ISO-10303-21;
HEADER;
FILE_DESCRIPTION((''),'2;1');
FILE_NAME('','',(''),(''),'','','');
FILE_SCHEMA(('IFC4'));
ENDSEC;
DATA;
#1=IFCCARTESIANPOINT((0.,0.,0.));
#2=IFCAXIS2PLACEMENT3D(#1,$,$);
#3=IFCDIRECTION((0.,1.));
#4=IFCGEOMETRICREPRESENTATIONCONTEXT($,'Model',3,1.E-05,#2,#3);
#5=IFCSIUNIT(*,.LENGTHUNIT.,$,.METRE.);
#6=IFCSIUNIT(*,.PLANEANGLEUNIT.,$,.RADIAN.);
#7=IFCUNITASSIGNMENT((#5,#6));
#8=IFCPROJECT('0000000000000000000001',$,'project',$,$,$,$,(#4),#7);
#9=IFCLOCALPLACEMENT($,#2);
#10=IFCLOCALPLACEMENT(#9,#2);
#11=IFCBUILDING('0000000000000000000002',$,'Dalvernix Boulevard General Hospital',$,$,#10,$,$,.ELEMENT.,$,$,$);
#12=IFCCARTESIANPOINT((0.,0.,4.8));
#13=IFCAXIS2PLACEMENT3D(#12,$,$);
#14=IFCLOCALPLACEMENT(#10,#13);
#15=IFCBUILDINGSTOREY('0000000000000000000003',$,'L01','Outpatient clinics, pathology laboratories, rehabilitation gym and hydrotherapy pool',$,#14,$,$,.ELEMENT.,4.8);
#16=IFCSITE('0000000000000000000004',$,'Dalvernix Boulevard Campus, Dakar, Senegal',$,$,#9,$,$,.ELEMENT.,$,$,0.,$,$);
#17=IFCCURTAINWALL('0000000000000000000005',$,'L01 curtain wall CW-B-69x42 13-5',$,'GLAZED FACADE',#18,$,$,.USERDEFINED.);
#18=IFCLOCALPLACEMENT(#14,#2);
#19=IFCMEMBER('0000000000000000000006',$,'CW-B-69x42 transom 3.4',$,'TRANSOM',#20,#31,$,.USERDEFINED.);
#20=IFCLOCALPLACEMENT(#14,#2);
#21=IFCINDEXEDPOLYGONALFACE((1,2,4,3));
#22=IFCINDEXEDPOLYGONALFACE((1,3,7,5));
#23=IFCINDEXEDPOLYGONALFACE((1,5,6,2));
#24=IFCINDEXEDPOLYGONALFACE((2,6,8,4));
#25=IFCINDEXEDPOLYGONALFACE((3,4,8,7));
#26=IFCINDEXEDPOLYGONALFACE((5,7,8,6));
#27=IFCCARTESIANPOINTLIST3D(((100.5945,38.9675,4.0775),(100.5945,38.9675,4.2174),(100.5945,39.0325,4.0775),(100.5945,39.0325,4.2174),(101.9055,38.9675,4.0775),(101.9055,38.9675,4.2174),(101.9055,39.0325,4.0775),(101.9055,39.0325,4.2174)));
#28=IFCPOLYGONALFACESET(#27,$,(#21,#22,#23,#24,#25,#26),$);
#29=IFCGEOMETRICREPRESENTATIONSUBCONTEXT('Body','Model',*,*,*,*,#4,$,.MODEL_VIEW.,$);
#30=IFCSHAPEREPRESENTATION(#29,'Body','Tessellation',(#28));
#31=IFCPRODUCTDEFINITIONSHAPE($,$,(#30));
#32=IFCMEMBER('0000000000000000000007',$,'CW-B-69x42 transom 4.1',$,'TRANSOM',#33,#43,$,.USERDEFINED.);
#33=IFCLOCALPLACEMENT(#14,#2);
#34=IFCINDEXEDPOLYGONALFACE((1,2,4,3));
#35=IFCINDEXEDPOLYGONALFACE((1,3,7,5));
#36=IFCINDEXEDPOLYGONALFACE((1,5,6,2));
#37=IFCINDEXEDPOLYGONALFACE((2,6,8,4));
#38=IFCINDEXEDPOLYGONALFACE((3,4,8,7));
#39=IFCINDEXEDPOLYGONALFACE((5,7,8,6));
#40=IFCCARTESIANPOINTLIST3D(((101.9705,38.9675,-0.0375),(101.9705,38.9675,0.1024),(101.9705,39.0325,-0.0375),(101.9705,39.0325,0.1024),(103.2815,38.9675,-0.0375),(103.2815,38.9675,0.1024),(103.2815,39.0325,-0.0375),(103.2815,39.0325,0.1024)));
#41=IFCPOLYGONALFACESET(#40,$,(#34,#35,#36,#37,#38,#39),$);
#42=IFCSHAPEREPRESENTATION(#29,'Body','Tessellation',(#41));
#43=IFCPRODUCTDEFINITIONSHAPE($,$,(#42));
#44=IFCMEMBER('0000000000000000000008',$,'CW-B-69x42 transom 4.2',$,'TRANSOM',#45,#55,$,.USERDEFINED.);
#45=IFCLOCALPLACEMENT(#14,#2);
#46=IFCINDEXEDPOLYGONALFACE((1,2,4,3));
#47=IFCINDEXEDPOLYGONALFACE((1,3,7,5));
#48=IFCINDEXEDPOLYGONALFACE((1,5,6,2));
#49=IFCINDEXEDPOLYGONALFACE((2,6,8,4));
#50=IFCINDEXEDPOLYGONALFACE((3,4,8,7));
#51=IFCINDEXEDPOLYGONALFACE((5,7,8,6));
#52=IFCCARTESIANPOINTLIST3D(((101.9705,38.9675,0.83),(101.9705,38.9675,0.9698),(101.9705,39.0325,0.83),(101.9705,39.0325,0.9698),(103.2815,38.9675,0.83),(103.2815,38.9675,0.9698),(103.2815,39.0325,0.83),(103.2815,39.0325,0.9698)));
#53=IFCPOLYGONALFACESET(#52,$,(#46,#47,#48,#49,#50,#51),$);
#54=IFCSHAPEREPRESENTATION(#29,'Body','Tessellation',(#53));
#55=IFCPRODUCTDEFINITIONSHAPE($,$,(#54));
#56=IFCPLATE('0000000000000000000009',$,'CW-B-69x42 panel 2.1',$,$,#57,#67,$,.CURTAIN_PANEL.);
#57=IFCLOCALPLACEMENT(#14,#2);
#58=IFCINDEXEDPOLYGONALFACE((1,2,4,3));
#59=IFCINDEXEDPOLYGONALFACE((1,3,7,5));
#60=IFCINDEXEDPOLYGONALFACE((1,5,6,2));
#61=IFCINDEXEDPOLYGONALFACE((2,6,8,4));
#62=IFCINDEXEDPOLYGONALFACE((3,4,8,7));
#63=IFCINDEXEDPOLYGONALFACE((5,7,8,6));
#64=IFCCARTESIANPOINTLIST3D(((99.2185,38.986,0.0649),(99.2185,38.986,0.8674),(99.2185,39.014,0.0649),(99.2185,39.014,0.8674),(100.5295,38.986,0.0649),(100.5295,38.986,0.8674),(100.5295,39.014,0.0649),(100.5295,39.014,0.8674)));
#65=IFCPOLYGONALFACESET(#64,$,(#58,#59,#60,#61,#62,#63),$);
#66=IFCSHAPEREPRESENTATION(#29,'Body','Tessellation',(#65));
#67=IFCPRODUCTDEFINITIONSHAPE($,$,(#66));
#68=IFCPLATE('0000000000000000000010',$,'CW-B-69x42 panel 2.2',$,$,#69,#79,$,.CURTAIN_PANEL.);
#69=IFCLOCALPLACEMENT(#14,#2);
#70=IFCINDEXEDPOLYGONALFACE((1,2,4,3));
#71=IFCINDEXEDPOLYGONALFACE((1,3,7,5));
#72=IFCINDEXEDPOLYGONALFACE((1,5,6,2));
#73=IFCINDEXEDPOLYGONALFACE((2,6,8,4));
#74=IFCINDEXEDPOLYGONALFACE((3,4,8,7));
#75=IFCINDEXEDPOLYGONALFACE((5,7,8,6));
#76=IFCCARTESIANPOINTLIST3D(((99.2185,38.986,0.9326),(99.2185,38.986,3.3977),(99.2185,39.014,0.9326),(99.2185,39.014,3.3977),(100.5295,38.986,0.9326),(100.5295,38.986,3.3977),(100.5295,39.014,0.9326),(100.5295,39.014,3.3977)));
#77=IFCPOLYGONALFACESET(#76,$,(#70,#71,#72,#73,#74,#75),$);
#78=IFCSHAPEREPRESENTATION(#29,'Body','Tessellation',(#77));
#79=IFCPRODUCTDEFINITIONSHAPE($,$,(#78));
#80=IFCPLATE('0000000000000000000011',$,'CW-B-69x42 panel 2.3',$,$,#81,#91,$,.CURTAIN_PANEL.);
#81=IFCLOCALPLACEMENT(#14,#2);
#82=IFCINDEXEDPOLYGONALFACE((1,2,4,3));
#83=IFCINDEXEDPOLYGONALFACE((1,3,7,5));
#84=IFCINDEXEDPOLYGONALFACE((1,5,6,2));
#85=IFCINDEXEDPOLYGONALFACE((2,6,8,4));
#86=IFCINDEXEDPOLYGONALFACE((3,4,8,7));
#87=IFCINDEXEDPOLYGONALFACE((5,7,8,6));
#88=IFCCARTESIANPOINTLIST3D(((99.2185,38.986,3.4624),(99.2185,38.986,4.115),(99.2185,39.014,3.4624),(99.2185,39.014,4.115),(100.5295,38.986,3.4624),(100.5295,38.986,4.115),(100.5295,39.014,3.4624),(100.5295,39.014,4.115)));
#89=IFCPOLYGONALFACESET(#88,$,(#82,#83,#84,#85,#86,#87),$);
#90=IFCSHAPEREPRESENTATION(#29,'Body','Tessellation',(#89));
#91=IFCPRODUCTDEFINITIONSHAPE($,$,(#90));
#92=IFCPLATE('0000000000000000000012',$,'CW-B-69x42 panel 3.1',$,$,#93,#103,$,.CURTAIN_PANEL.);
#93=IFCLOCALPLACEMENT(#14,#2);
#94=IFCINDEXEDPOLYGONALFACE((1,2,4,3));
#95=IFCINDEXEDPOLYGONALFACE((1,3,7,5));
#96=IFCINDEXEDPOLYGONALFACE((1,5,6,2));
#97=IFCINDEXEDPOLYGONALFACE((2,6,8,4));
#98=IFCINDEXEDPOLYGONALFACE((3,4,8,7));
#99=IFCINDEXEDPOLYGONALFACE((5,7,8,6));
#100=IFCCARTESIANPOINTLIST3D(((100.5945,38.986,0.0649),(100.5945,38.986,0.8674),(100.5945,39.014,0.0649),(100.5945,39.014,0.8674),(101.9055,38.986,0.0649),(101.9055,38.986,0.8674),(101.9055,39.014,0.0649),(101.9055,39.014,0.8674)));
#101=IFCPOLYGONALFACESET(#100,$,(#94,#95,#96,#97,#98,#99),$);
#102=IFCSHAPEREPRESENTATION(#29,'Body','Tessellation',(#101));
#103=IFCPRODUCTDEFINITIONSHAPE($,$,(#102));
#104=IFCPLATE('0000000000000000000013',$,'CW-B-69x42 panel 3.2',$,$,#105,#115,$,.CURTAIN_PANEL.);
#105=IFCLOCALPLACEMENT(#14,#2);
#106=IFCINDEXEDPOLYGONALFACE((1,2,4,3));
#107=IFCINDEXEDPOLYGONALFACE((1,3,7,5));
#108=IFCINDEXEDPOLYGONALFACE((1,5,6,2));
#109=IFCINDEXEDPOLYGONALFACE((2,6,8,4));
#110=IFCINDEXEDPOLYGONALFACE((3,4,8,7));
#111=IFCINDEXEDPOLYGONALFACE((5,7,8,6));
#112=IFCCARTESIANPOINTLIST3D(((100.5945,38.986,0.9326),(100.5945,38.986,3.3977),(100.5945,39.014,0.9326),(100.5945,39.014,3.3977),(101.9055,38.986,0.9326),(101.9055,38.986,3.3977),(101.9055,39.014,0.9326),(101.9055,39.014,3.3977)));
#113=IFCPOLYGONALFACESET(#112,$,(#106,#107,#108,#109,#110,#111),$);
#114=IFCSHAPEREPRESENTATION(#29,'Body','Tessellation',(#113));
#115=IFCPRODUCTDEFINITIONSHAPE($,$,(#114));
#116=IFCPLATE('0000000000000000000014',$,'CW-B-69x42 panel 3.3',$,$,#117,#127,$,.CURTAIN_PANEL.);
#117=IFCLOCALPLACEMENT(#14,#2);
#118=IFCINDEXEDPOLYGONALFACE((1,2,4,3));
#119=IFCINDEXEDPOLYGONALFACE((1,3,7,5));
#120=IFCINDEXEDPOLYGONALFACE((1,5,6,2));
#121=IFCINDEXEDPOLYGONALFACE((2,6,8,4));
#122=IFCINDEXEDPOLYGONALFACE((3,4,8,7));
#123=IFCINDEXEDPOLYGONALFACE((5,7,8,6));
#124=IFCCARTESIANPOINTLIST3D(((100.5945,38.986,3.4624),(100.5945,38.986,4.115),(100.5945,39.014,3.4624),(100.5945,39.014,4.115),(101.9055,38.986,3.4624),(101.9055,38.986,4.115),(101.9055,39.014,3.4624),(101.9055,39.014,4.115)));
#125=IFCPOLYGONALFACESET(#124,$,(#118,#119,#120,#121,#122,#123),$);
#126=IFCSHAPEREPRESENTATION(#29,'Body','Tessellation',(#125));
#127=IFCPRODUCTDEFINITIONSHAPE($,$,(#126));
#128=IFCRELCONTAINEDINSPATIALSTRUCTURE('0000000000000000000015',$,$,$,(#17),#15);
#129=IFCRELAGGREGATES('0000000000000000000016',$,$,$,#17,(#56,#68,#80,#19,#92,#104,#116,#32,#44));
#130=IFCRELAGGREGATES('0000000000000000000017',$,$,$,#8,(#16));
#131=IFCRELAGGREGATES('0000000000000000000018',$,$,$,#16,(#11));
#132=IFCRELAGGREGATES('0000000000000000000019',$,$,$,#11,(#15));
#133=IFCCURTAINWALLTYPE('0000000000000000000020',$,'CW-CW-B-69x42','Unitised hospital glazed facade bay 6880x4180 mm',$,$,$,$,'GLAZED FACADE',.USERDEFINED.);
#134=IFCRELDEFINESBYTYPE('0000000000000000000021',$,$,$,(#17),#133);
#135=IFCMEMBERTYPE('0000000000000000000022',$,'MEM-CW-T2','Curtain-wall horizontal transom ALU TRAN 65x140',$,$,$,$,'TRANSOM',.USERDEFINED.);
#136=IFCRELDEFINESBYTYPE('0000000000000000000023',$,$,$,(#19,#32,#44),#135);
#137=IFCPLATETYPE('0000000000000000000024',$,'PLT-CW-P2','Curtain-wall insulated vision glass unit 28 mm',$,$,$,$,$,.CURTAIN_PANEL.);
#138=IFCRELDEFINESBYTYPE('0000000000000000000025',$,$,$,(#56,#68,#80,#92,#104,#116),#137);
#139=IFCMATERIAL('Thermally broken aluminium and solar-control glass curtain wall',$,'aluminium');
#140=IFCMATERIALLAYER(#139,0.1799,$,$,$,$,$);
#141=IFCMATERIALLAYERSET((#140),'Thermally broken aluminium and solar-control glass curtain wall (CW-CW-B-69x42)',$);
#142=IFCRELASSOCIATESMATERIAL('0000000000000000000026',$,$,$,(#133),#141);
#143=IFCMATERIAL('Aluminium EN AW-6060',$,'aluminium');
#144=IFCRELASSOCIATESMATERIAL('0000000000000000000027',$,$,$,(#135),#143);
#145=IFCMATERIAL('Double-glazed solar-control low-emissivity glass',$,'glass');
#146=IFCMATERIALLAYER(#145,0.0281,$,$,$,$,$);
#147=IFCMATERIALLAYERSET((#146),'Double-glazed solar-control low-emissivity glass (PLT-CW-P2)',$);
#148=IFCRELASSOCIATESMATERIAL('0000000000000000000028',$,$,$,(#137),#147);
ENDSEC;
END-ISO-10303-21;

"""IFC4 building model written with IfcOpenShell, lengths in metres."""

from ifc_helpers import new_model, si_unit, direction, frame, origin, origin_2d, place, context, subcontext, project, spatial, rectangle, extrude, material, layer, layer_set, material_profile, profile_set, type_object, element, aggregate, save


model = new_model("IFC4")

# Units and contexts
model_context = context("Model", 3, precision=1e-05, world=origin(), true_north=direction((0.0, 1.0)))
body_context = subcontext(model_context, "Body", "Model", "MODEL_VIEW")
ifc_project = project(units=[si_unit("LENGTHUNIT", "METRE"), si_unit("PLANEANGLEUNIT", "RADIAN")], contexts=[model_context])

# Site, building, storey
site_placement = place(None, origin())
site = spatial("IfcSite", under=ifc_project, at=site_placement, Name="Dalvernix Boulevard Campus, Dakar, Senegal", CompositionType="ELEMENT", RefElevation=0.0)
building_placement = place(site_placement, origin())
building = spatial("IfcBuilding", under=site, at=building_placement, Name="Dalvernix Boulevard General Hospital", CompositionType="ELEMENT")
storey_placement = place(building_placement, frame((0.0, 0.0, 4.8)))
storey = spatial("IfcBuildingStorey", under=building, at=storey_placement, Name="L01", Description="Outpatient clinics, pathology laboratories, rehabilitation gym and hydrotherapy pool", CompositionType="ELEMENT", Elevation=4.8)

# Curtain wall, members, plates
ifc_material_1 = material(Name="Thermally broken aluminium and solar-control glass curtain wall", Category="aluminium")
ifc_layer_1 = layer(ifc_material_1, 0.1799)
ifc_layer_set_1 = layer_set([ifc_layer_1], Name="Thermally broken aluminium and solar-control glass curtain wall (CW-CW-B-69x42)")
curtain_wall_type = type_object("IfcCurtainWallType", Name="CW-CW-B-69x42", Description="Unitised hospital glazed facade bay 6880x4180 mm", ElementType="GLAZED FACADE", PredefinedType="USERDEFINED", material=ifc_layer_set_1)
curtain_wall_placement = place(storey_placement, origin())
curtain_wall = element("IfcCurtainWall", 1, at=curtain_wall_placement, inside=storey, type_object=curtain_wall_type, Name="L01 curtain wall CW-B-69x42 13-5", ObjectType="GLAZED FACADE", PredefinedType="USERDEFINED")
ifc_material_2 = material(Name="Aluminium EN AW-6060", Category="aluminium")
ifc_material_profile_1 = material_profile(ifc_material_2, rectangle(XDim=0.0649, YDim=0.1399, at=origin_2d()), Name="ALU TRAN 65x140")
ifc_profile_set_1 = profile_set([ifc_material_profile_1], Name="Aluminium EN AW-6060")
member_type_1 = type_object("IfcMemberType", Name="MEM-CW-T2", Description="Curtain-wall horizontal transom ALU TRAN 65x140", ElementType="TRANSOM", PredefinedType="USERDEFINED", material=ifc_profile_set_1)
member_1_placement = place(storey_placement, frame((100.5945, 39.0, 4.1475), z_axis=(1.0, 0.0, 0.0), x_axis=(0.0, 1.0, 0.0)))
member_1 = element("IfcMember", 2, at=member_1_placement, type_object=member_type_1, Name="CW-B-69x42 transom 3.4", ObjectType="TRANSOM", PredefinedType="USERDEFINED", context=body_context, shape_type="SweptSolid", body=[
    extrude(rectangle(XDim=0.0649, YDim=0.1399, at=origin_2d()), origin(), (0.0, 0.0, 1.0), 1.311),
])
member_2_placement = place(storey_placement, frame((101.9705, 39.0, 0.0325), z_axis=(1.0, 0.0, 0.0), x_axis=(0.0, 1.0, 0.0)))
member_2 = element("IfcMember", 3, at=member_2_placement, type_object=member_type_1, Name="CW-B-69x42 transom 4.1", ObjectType="TRANSOM", PredefinedType="USERDEFINED", context=body_context, shape_type="SweptSolid", body=[
    extrude(rectangle(XDim=0.0649, YDim=0.1399, at=origin_2d()), origin(), (0.0, 0.0, 1.0), 1.311),
])
member_3_placement = place(storey_placement, frame((101.9705, 39.0, 0.8999), z_axis=(1.0, 0.0, 0.0), x_axis=(0.0, 1.0, 0.0)))
member_3 = element("IfcMember", 4, at=member_3_placement, type_object=member_type_1, Name="CW-B-69x42 transom 4.2", ObjectType="TRANSOM", PredefinedType="USERDEFINED", context=body_context, shape_type="SweptSolid", body=[
    extrude(rectangle(XDim=0.0649, YDim=0.1399, at=origin_2d()), origin(), (0.0, 0.0, 1.0), 1.311),
])
ifc_material_3 = material(Name="Double-glazed solar-control low-emissivity glass", Category="glass")
ifc_layer_2 = layer(ifc_material_3, 0.0281)
ifc_layer_set_2 = layer_set([ifc_layer_2], Name="Double-glazed solar-control low-emissivity glass (PLT-CW-P2)")
plate_type = type_object("IfcPlateType", Name="PLT-CW-P2", Description="Curtain-wall insulated vision glass unit 28 mm", PredefinedType="CURTAIN_PANEL", material=ifc_layer_set_2)
plate_1_placement = place(storey_placement, frame((99.874, 39.0, 0.0649), z_axis=(0.0, 0.0, 1.0), x_axis=(1.0, 0.0, 0.0)))
plate_1 = element("IfcPlate", 5, at=plate_1_placement, type_object=plate_type, Name="CW-B-69x42 panel 2.1", PredefinedType="CURTAIN_PANEL", context=body_context, shape_type="SweptSolid", body=[
    extrude(rectangle(XDim=1.311, YDim=0.0281, at=origin_2d()), origin(), (0.0, 0.0, 1.0), 0.8025),
])
plate_2_placement = place(storey_placement, frame((99.874, 39.0, 0.9326), z_axis=(0.0, 0.0, 1.0), x_axis=(1.0, 0.0, 0.0)))
plate_2 = element("IfcPlate", 6, at=plate_2_placement, type_object=plate_type, Name="CW-B-69x42 panel 2.2", PredefinedType="CURTAIN_PANEL", context=body_context, shape_type="SweptSolid", body=[
    extrude(rectangle(XDim=1.311, YDim=0.0281, at=origin_2d()), origin(), (0.0, 0.0, 1.0), 2.4651),
])
plate_3_placement = place(storey_placement, frame((99.874, 39.0, 3.4624), z_axis=(0.0, 0.0, 1.0), x_axis=(1.0, 0.0, 0.0)))
plate_3 = element("IfcPlate", 7, at=plate_3_placement, type_object=plate_type, Name="CW-B-69x42 panel 2.3", PredefinedType="CURTAIN_PANEL", context=body_context, shape_type="SweptSolid", body=[
    extrude(rectangle(XDim=1.311, YDim=0.0281, at=origin_2d()), origin(), (0.0, 0.0, 1.0), 0.6526),
])
plate_4_placement = place(storey_placement, frame((101.25, 39.0, 0.0649), z_axis=(0.0, 0.0, 1.0), x_axis=(1.0, 0.0, 0.0)))
plate_4 = element("IfcPlate", 8, at=plate_4_placement, type_object=plate_type, Name="CW-B-69x42 panel 3.1", PredefinedType="CURTAIN_PANEL", context=body_context, shape_type="SweptSolid", body=[
    extrude(rectangle(XDim=1.311, YDim=0.0281, at=origin_2d()), origin(), (0.0, 0.0, 1.0), 0.8025),
])
plate_5_placement = place(storey_placement, frame((101.25, 39.0, 0.9326), z_axis=(0.0, 0.0, 1.0), x_axis=(1.0, 0.0, 0.0)))
plate_5 = element("IfcPlate", 9, at=plate_5_placement, type_object=plate_type, Name="CW-B-69x42 panel 3.2", PredefinedType="CURTAIN_PANEL", context=body_context, shape_type="SweptSolid", body=[
    extrude(rectangle(XDim=1.311, YDim=0.0281, at=origin_2d()), origin(), (0.0, 0.0, 1.0), 2.4651),
])
plate_6_placement = place(storey_placement, frame((101.25, 39.0, 3.4624), z_axis=(0.0, 0.0, 1.0), x_axis=(1.0, 0.0, 0.0)))
plate_6 = element("IfcPlate", 10, at=plate_6_placement, type_object=plate_type, Name="CW-B-69x42 panel 3.3", PredefinedType="CURTAIN_PANEL", context=body_context, shape_type="SweptSolid", body=[
    extrude(rectangle(XDim=1.311, YDim=0.0281, at=origin_2d()), origin(), (0.0, 0.0, 1.0), 0.6526),
])
aggregate(curtain_wall, [plate_1, plate_2, plate_3, member_1, plate_4, plate_5, plate_6, member_2, member_3])

save(model, "model.ifc")
